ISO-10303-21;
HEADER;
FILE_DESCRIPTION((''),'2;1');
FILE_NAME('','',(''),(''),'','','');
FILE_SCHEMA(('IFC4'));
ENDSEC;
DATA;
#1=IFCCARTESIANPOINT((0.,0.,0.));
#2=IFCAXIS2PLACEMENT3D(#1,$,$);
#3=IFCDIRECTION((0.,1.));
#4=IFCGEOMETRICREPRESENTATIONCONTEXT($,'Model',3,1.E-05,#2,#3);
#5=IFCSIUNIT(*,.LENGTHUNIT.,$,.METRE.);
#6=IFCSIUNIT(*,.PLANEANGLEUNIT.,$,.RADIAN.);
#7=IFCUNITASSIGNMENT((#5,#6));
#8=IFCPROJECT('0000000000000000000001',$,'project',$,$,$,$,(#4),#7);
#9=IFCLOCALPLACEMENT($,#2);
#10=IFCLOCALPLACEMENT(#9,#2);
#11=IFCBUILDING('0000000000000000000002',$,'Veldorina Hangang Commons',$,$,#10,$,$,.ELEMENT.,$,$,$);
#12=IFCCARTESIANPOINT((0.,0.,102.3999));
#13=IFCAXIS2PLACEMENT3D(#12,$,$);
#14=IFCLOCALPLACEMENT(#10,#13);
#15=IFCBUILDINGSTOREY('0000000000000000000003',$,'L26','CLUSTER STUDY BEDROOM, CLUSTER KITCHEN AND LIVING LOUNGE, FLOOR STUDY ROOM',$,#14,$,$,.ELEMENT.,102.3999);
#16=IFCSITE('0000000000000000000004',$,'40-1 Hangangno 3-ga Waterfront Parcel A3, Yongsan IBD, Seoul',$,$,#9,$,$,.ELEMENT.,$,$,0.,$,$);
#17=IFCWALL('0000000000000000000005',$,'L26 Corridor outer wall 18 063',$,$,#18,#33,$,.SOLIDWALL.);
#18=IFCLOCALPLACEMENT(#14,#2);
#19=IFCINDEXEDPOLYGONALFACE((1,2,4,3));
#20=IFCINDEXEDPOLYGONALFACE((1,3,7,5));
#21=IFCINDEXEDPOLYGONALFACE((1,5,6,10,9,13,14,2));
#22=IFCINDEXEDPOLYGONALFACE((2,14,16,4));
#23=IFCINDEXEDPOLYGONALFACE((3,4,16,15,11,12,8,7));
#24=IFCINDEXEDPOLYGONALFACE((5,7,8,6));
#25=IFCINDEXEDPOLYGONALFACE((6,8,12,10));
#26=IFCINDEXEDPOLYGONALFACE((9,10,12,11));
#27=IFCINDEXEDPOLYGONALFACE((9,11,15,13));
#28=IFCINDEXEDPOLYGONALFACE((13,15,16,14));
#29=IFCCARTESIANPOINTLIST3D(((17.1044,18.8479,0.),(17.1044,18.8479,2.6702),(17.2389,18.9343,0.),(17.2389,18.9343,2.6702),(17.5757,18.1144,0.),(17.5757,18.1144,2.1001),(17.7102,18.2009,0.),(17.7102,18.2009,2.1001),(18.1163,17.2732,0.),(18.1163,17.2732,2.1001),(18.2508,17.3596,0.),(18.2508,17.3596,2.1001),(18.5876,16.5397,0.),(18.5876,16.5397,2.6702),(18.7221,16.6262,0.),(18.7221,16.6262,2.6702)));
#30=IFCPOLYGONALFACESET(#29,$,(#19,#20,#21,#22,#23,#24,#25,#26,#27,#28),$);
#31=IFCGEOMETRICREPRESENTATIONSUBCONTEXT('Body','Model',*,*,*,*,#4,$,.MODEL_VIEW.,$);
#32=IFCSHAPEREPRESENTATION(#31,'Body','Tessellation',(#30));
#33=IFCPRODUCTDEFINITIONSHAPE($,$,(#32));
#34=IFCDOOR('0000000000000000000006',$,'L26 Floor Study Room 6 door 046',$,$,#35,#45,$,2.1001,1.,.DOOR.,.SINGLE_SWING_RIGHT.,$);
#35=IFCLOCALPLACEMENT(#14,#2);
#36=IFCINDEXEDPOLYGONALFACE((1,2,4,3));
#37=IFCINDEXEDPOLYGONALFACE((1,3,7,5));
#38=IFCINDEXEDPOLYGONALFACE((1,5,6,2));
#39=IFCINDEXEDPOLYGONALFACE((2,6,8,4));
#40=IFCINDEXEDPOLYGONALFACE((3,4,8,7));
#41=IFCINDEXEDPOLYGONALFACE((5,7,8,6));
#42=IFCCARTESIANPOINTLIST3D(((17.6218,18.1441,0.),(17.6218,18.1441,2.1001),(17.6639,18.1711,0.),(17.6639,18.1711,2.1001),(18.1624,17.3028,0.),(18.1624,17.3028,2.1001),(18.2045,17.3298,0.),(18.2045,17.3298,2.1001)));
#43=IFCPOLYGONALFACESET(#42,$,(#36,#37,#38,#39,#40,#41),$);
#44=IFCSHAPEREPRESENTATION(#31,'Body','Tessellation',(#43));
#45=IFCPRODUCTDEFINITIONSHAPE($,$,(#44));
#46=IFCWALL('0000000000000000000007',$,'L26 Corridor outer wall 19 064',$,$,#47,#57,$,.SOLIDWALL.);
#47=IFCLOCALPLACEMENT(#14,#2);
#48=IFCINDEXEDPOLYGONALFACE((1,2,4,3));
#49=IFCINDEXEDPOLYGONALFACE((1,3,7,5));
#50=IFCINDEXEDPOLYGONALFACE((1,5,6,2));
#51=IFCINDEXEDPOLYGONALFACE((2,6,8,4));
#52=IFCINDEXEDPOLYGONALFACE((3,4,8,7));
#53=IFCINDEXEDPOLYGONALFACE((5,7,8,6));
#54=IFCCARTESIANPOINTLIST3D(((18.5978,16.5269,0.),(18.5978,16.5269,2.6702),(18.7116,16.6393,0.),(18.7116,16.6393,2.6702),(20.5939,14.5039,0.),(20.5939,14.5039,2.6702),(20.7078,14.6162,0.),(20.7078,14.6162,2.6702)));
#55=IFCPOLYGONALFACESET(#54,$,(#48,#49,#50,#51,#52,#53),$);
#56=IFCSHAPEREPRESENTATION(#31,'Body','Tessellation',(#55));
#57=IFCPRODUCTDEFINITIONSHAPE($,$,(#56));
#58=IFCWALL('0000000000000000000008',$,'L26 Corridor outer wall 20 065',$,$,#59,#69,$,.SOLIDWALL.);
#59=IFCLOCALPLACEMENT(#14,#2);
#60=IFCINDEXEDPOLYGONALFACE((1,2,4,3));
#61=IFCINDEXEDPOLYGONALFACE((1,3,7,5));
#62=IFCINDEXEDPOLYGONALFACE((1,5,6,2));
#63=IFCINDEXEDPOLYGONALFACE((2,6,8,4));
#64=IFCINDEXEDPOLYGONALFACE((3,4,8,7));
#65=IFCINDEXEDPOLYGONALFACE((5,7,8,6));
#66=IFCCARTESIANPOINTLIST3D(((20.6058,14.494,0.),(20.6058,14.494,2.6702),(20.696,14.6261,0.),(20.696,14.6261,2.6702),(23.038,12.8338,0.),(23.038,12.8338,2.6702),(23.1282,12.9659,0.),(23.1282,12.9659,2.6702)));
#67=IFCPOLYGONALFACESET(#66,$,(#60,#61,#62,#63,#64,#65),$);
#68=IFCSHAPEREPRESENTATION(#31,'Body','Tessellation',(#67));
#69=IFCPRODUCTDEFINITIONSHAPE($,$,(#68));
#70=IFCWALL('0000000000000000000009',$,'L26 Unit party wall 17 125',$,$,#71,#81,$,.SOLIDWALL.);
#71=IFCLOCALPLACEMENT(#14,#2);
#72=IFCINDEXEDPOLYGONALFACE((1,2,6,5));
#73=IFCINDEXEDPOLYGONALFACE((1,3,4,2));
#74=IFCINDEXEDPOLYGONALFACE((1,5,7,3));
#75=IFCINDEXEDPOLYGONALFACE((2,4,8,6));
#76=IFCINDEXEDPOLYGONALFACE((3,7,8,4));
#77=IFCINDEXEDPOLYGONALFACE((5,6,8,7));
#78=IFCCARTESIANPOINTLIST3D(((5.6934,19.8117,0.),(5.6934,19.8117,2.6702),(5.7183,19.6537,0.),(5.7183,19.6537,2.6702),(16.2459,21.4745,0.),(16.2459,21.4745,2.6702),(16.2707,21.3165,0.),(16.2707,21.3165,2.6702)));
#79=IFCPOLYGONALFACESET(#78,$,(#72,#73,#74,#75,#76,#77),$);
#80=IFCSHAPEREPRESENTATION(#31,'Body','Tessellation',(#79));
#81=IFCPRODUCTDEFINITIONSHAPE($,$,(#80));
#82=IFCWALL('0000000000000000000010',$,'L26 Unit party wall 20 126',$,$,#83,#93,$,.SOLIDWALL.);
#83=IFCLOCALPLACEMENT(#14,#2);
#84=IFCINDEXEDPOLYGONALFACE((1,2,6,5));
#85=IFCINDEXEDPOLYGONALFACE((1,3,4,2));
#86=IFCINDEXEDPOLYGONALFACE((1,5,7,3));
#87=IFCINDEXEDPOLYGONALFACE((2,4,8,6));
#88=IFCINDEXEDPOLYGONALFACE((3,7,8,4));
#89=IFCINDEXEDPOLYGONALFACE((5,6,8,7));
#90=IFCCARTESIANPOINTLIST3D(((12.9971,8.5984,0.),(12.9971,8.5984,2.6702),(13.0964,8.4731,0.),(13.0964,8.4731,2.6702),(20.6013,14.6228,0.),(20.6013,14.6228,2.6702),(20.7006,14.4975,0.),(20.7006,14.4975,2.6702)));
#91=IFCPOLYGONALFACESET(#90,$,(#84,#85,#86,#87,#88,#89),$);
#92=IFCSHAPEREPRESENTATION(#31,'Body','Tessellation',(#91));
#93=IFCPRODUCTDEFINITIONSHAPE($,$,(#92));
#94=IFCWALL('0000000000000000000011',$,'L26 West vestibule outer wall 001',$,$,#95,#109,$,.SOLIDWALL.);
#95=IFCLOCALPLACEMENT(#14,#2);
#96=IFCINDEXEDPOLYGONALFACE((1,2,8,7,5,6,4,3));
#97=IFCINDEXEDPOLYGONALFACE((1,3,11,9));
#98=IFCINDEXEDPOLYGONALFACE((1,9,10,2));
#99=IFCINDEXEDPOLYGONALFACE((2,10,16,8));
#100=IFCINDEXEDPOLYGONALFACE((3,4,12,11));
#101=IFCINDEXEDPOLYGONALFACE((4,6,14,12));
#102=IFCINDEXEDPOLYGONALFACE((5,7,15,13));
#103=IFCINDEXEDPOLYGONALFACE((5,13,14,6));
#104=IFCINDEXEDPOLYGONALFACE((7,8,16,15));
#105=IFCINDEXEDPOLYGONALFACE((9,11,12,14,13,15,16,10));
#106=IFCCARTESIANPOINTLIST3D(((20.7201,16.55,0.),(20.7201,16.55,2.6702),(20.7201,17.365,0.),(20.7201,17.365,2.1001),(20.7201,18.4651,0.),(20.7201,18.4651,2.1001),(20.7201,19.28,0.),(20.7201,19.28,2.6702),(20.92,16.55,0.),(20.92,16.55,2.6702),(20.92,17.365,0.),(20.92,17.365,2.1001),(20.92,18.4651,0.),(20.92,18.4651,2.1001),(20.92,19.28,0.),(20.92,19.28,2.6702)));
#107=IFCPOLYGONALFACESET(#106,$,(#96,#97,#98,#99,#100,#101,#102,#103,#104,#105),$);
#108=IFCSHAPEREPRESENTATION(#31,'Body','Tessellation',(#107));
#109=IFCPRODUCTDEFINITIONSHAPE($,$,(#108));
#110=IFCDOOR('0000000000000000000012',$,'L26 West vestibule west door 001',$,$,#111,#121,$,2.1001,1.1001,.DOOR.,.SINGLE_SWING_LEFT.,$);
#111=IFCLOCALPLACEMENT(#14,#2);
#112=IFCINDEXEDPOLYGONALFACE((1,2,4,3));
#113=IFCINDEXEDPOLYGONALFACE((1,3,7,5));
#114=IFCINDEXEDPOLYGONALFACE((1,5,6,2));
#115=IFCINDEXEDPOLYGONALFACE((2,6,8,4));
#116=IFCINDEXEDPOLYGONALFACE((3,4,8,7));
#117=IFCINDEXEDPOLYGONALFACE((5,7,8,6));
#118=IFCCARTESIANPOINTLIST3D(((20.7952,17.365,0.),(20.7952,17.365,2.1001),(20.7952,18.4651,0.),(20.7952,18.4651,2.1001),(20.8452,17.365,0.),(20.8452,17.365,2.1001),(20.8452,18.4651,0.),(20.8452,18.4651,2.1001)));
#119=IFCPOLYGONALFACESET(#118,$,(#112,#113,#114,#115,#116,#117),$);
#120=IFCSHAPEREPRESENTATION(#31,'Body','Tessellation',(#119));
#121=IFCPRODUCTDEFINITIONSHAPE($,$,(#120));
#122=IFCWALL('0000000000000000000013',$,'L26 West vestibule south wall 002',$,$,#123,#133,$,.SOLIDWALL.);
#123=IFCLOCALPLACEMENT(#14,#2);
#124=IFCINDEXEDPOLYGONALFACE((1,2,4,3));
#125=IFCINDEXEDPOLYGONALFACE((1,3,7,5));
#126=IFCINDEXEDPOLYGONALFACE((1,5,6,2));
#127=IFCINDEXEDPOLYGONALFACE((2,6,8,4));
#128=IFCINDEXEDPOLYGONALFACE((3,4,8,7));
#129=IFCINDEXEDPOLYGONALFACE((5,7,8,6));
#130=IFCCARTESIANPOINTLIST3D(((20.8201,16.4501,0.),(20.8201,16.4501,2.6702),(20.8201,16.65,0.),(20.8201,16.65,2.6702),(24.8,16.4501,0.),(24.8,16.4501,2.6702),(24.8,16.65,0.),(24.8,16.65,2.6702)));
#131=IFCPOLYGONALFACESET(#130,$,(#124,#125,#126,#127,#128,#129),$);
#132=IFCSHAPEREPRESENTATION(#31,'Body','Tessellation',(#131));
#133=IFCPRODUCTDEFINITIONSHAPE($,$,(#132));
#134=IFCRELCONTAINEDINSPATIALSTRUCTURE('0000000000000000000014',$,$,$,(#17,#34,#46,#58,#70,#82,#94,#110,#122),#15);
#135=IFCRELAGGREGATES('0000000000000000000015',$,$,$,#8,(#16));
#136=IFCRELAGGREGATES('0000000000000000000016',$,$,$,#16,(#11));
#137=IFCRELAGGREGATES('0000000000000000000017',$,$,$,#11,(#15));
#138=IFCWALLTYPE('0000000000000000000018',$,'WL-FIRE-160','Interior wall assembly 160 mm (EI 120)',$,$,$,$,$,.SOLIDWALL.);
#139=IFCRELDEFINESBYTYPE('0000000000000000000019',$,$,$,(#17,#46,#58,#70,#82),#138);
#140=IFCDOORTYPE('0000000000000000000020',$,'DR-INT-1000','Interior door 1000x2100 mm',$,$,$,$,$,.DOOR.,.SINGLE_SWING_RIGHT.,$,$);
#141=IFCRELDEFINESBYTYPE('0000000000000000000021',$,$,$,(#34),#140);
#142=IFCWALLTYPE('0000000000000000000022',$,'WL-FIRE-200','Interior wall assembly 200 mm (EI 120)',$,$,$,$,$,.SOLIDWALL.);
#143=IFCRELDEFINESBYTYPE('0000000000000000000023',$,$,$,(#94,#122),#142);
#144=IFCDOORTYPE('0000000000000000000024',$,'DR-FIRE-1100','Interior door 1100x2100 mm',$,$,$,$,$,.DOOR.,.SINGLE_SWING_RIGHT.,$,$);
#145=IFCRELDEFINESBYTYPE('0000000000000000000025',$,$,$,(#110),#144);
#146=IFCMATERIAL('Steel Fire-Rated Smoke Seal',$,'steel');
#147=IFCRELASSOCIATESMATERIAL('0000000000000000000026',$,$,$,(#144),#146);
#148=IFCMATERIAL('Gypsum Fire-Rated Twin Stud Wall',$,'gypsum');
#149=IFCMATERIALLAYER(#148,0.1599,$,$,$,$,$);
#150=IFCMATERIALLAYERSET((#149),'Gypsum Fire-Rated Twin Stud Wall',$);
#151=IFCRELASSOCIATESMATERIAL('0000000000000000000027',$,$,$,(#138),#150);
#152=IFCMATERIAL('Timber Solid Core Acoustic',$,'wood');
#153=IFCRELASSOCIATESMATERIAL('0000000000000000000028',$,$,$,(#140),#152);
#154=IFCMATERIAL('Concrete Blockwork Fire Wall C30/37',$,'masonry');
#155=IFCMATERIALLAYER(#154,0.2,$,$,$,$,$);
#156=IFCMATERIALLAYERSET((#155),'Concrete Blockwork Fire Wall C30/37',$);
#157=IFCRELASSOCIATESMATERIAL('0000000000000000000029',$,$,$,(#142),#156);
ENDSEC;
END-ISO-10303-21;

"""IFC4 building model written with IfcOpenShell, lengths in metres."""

from ifc_helpers import new_model, si_unit, direction, frame, frame_2d, origin, place, context, subcontext, project, spatial, rectangle, extrude, material, layer, layer_set, type_object, element, fill, save


model = new_model("IFC4")

# Units and contexts
model_context = context("Model", 3, precision=1e-05, world=origin(), true_north=direction((0.0, 1.0)))
body_context = subcontext(model_context, "Body", "Model", "MODEL_VIEW")
ifc_project = project(units=[si_unit("LENGTHUNIT", "METRE"), si_unit("PLANEANGLEUNIT", "RADIAN")], contexts=[model_context])

# Site, building, storey
site_placement = place(None, origin())
site = spatial("IfcSite", under=ifc_project, at=site_placement, Name="40-1 Hangangno 3-ga Waterfront Parcel A3, Yongsan IBD, Seoul", CompositionType="ELEMENT", RefElevation=0.0)
building_placement = place(site_placement, origin())
building = spatial("IfcBuilding", under=site, at=building_placement, Name="Veldorina Hangang Commons", CompositionType="ELEMENT")
storey_placement = place(building_placement, frame((0.0, 0.0, 102.3999)))
storey = spatial("IfcBuildingStorey", under=building, at=storey_placement, Name="L26", Description="CLUSTER STUDY BEDROOM, CLUSTER KITCHEN AND LIVING LOUNGE, FLOOR STUDY ROOM", CompositionType="ELEMENT", Elevation=102.3999)

# Shared definitions
ifc_material_1 = material(Name="Steel Fire-Rated Smoke Seal", Category="steel")
door_type_1 = type_object("IfcDoorType", Name="DR-FIRE-1100", Description="Interior door 1100x2100 mm", OperationType="SINGLE_SWING_RIGHT", PredefinedType="DOOR", material=ifc_material_1)

# Shared definitions
ifc_material_2 = material(Name="Gypsum Fire-Rated Twin Stud Wall", Category="gypsum")
ifc_layer_1 = layer(ifc_material_2, 0.1599)
ifc_layer_set_1 = layer_set([ifc_layer_1], Name="Gypsum Fire-Rated Twin Stud Wall")
wall_type_1 = type_object("IfcWallType", Name="WL-FIRE-160", Description="Interior wall assembly 160 mm (EI 120)", PredefinedType="SOLIDWALL", material=ifc_layer_set_1)

# Wall, opening, door
wall_1_placement = place(storey_placement, frame((17.1716, 18.8911, 0.0), z_axis=(0.0, 0.0, 1.0), x_axis=(0.540596, -0.841283, 0.0)))
wall_1 = element("IfcWall", 1, at=wall_1_placement, inside=storey, type_object=wall_type_1, Name="L26 Corridor outer wall 18 063", PredefinedType="SOLIDWALL", context=body_context, shape_type="SweptSolid", body=[
    extrude(rectangle(XDim=2.7437, YDim=0.1599, at=frame_2d((1.3718, 0.0))), origin(), (0.0, 0.0, 1.0), 2.6702),
])
opening_1_placement = place(wall_1_placement, frame((0.8718, 0.0, 0.0)))
opening_1 = element("IfcOpeningElement", 2, at=opening_1_placement, cuts=wall_1, PredefinedType="OPENING", context=body_context, shape_type="SweptSolid", body=[
    extrude(rectangle(XDim=1.0, YDim=2.1001, at=frame_2d((0.5, 1.05))), frame((0.0, 0.0898, 0.0), z_axis=(0.0, -1.0, 0.0), x_axis=(1.0, 0.0, 0.0)), (0.0, 0.0, 1.0), 0.1799),
])
ifc_material_3 = material(Name="Timber Solid Core Acoustic", Category="wood")
door_type_2 = type_object("IfcDoorType", Name="DR-INT-1000", Description="Interior door 1000x2100 mm", OperationType="SINGLE_SWING_RIGHT", PredefinedType="DOOR", material=ifc_material_3)
door_1_placement = place(opening_1_placement, origin())
door_1 = element("IfcDoor", 3, at=door_1_placement, inside=storey, type_object=door_type_2, Name="L26 Floor Study Room 6 door 046", OperationType="SINGLE_SWING_RIGHT", OverallHeight=2.1001, OverallWidth=1.0, PredefinedType="DOOR", context=body_context, shape_type="SweptSolid", body=[
    extrude(rectangle(XDim=1.0, YDim=2.1001, at=frame_2d((0.5, 1.05))), frame((0.0, 0.0249, 0.0), z_axis=(0.0, -1.0, 0.0), x_axis=(1.0, 0.0, 0.0)), (0.0, 0.0, 1.0), 0.05),
])
fill(opening_1, door_1)

# Walls
wall_2_placement = place(storey_placement, frame((18.6548, 16.583, 0.0), z_axis=(0.0, 0.0, 1.0), x_axis=(0.702366, -0.711816, 0.0)))
element("IfcWall", 4, at=wall_2_placement, inside=storey, type_object=wall_type_1, Name="L26 Corridor outer wall 19 064", PredefinedType="SOLIDWALL", context=body_context, shape_type="SweptSolid", body=[
    extrude(rectangle(XDim=2.842, YDim=0.1599, at=frame_2d((1.4209, 0.0))), origin(), (0.0, 0.0, 1.0), 2.6702),
])
wall_3_placement = place(storey_placement, frame((20.6509, 14.5601, 0.0), z_axis=(0.0, 0.0, 1.0), x_axis=(0.825929, -0.563774, 0.0)))
element("IfcWall", 5, at=wall_3_placement, inside=storey, type_object=wall_type_1, Name="L26 Corridor outer wall 20 065", PredefinedType="SOLIDWALL", context=body_context, shape_type="SweptSolid", body=[
    extrude(rectangle(XDim=2.9448, YDim=0.1599, at=frame_2d((1.4724, 0.0))), origin(), (0.0, 0.0, 1.0), 2.6702),
])
wall_4_placement = place(storey_placement, frame((16.2583, 21.3955, 0.0), z_axis=(0.0, 0.0, 1.0), x_axis=(-0.987811, -0.155657, 0.0)))
element("IfcWall", 6, at=wall_4_placement, inside=storey, type_object=wall_type_1, Name="L26 Unit party wall 17 125", PredefinedType="SOLIDWALL", context=body_context, shape_type="SweptSolid", body=[
    extrude(rectangle(XDim=10.6826, YDim=0.1599, at=frame_2d((5.3413, 0.0))), origin(), (0.0, 0.0, 1.0), 2.6702),
])
wall_5_placement = place(storey_placement, frame((20.6509, 14.5601, 0.0), z_axis=(0.0, 0.0, 1.0), x_axis=(-0.783826, -0.620981, 0.0)))
element("IfcWall", 7, at=wall_5_placement, inside=storey, type_object=wall_type_1, Name="L26 Unit party wall 20 126", PredefinedType="SOLIDWALL", context=body_context, shape_type="SweptSolid", body=[
    extrude(rectangle(XDim=9.7014, YDim=0.1599, at=frame_2d((4.8506, 0.0))), origin(), (0.0, 0.0, 1.0), 2.6702),
])

# Wall, opening, door
ifc_material_4 = material(Name="Concrete Blockwork Fire Wall C30/37", Category="masonry")
ifc_layer_2 = layer(ifc_material_4, 0.2)
ifc_layer_set_2 = layer_set([ifc_layer_2], Name="Concrete Blockwork Fire Wall C30/37")
wall_type_2 = type_object("IfcWallType", Name="WL-FIRE-200", Description="Interior wall assembly 200 mm (EI 120)", PredefinedType="SOLIDWALL", material=ifc_layer_set_2)
wall_6_placement = place(storey_placement, frame((20.8201, 16.55, 0.0), z_axis=(0.0, 0.0, 1.0), x_axis=(0.0, 1.0, 0.0)))
wall_6 = element("IfcWall", 8, at=wall_6_placement, inside=storey, type_object=wall_type_2, Name="L26 West vestibule outer wall 001", PredefinedType="SOLIDWALL", context=body_context, shape_type="SweptSolid", body=[
    extrude(rectangle(XDim=2.73, YDim=0.2, at=frame_2d((1.365, 0.0))), origin(), (0.0, 0.0, 1.0), 2.6702),
])
opening_2_placement = place(wall_6_placement, frame((0.8149, 0.0, 0.0)))
opening_2 = element("IfcOpeningElement", 9, at=opening_2_placement, cuts=wall_6, PredefinedType="OPENING", context=body_context, shape_type="SweptSolid", body=[
    extrude(rectangle(XDim=1.1001, YDim=2.1001, at=frame_2d((0.55, 1.05))), frame((0.0, 0.1099, 0.0), z_axis=(0.0, -1.0, 0.0), x_axis=(1.0, 0.0, 0.0)), (0.0, 0.0, 1.0), 0.22),
])
door_2_placement = place(opening_2_placement, origin())
door_2 = element("IfcDoor", 10, at=door_2_placement, inside=storey, type_object=door_type_1, Name="L26 West vestibule west door 001", OperationType="SINGLE_SWING_LEFT", OverallHeight=2.1001, OverallWidth=1.1001, PredefinedType="DOOR", context=body_context, shape_type="SweptSolid", body=[
    extrude(rectangle(XDim=1.1001, YDim=2.1001, at=frame_2d((0.55, 1.05))), frame((0.0, 0.0249, 0.0), z_axis=(0.0, -1.0, 0.0), x_axis=(1.0, 0.0, 0.0)), (0.0, 0.0, 1.0), 0.05),
])
fill(opening_2, door_2)

# Wall
wall_7_placement = place(storey_placement, frame((20.8201, 16.55, 0.0), z_axis=(0.0, 0.0, 1.0), x_axis=(1.0, 0.0, 0.0)))
element("IfcWall", 11, at=wall_7_placement, inside=storey, type_object=wall_type_2, Name="L26 West vestibule south wall 002", PredefinedType="SOLIDWALL", context=body_context, shape_type="SweptSolid", body=[
    extrude(rectangle(XDim=3.98, YDim=0.2, at=frame_2d((1.99, 0.0))), origin(), (0.0, 0.0, 1.0), 2.6702),
])

save(model, "model.ifc")
